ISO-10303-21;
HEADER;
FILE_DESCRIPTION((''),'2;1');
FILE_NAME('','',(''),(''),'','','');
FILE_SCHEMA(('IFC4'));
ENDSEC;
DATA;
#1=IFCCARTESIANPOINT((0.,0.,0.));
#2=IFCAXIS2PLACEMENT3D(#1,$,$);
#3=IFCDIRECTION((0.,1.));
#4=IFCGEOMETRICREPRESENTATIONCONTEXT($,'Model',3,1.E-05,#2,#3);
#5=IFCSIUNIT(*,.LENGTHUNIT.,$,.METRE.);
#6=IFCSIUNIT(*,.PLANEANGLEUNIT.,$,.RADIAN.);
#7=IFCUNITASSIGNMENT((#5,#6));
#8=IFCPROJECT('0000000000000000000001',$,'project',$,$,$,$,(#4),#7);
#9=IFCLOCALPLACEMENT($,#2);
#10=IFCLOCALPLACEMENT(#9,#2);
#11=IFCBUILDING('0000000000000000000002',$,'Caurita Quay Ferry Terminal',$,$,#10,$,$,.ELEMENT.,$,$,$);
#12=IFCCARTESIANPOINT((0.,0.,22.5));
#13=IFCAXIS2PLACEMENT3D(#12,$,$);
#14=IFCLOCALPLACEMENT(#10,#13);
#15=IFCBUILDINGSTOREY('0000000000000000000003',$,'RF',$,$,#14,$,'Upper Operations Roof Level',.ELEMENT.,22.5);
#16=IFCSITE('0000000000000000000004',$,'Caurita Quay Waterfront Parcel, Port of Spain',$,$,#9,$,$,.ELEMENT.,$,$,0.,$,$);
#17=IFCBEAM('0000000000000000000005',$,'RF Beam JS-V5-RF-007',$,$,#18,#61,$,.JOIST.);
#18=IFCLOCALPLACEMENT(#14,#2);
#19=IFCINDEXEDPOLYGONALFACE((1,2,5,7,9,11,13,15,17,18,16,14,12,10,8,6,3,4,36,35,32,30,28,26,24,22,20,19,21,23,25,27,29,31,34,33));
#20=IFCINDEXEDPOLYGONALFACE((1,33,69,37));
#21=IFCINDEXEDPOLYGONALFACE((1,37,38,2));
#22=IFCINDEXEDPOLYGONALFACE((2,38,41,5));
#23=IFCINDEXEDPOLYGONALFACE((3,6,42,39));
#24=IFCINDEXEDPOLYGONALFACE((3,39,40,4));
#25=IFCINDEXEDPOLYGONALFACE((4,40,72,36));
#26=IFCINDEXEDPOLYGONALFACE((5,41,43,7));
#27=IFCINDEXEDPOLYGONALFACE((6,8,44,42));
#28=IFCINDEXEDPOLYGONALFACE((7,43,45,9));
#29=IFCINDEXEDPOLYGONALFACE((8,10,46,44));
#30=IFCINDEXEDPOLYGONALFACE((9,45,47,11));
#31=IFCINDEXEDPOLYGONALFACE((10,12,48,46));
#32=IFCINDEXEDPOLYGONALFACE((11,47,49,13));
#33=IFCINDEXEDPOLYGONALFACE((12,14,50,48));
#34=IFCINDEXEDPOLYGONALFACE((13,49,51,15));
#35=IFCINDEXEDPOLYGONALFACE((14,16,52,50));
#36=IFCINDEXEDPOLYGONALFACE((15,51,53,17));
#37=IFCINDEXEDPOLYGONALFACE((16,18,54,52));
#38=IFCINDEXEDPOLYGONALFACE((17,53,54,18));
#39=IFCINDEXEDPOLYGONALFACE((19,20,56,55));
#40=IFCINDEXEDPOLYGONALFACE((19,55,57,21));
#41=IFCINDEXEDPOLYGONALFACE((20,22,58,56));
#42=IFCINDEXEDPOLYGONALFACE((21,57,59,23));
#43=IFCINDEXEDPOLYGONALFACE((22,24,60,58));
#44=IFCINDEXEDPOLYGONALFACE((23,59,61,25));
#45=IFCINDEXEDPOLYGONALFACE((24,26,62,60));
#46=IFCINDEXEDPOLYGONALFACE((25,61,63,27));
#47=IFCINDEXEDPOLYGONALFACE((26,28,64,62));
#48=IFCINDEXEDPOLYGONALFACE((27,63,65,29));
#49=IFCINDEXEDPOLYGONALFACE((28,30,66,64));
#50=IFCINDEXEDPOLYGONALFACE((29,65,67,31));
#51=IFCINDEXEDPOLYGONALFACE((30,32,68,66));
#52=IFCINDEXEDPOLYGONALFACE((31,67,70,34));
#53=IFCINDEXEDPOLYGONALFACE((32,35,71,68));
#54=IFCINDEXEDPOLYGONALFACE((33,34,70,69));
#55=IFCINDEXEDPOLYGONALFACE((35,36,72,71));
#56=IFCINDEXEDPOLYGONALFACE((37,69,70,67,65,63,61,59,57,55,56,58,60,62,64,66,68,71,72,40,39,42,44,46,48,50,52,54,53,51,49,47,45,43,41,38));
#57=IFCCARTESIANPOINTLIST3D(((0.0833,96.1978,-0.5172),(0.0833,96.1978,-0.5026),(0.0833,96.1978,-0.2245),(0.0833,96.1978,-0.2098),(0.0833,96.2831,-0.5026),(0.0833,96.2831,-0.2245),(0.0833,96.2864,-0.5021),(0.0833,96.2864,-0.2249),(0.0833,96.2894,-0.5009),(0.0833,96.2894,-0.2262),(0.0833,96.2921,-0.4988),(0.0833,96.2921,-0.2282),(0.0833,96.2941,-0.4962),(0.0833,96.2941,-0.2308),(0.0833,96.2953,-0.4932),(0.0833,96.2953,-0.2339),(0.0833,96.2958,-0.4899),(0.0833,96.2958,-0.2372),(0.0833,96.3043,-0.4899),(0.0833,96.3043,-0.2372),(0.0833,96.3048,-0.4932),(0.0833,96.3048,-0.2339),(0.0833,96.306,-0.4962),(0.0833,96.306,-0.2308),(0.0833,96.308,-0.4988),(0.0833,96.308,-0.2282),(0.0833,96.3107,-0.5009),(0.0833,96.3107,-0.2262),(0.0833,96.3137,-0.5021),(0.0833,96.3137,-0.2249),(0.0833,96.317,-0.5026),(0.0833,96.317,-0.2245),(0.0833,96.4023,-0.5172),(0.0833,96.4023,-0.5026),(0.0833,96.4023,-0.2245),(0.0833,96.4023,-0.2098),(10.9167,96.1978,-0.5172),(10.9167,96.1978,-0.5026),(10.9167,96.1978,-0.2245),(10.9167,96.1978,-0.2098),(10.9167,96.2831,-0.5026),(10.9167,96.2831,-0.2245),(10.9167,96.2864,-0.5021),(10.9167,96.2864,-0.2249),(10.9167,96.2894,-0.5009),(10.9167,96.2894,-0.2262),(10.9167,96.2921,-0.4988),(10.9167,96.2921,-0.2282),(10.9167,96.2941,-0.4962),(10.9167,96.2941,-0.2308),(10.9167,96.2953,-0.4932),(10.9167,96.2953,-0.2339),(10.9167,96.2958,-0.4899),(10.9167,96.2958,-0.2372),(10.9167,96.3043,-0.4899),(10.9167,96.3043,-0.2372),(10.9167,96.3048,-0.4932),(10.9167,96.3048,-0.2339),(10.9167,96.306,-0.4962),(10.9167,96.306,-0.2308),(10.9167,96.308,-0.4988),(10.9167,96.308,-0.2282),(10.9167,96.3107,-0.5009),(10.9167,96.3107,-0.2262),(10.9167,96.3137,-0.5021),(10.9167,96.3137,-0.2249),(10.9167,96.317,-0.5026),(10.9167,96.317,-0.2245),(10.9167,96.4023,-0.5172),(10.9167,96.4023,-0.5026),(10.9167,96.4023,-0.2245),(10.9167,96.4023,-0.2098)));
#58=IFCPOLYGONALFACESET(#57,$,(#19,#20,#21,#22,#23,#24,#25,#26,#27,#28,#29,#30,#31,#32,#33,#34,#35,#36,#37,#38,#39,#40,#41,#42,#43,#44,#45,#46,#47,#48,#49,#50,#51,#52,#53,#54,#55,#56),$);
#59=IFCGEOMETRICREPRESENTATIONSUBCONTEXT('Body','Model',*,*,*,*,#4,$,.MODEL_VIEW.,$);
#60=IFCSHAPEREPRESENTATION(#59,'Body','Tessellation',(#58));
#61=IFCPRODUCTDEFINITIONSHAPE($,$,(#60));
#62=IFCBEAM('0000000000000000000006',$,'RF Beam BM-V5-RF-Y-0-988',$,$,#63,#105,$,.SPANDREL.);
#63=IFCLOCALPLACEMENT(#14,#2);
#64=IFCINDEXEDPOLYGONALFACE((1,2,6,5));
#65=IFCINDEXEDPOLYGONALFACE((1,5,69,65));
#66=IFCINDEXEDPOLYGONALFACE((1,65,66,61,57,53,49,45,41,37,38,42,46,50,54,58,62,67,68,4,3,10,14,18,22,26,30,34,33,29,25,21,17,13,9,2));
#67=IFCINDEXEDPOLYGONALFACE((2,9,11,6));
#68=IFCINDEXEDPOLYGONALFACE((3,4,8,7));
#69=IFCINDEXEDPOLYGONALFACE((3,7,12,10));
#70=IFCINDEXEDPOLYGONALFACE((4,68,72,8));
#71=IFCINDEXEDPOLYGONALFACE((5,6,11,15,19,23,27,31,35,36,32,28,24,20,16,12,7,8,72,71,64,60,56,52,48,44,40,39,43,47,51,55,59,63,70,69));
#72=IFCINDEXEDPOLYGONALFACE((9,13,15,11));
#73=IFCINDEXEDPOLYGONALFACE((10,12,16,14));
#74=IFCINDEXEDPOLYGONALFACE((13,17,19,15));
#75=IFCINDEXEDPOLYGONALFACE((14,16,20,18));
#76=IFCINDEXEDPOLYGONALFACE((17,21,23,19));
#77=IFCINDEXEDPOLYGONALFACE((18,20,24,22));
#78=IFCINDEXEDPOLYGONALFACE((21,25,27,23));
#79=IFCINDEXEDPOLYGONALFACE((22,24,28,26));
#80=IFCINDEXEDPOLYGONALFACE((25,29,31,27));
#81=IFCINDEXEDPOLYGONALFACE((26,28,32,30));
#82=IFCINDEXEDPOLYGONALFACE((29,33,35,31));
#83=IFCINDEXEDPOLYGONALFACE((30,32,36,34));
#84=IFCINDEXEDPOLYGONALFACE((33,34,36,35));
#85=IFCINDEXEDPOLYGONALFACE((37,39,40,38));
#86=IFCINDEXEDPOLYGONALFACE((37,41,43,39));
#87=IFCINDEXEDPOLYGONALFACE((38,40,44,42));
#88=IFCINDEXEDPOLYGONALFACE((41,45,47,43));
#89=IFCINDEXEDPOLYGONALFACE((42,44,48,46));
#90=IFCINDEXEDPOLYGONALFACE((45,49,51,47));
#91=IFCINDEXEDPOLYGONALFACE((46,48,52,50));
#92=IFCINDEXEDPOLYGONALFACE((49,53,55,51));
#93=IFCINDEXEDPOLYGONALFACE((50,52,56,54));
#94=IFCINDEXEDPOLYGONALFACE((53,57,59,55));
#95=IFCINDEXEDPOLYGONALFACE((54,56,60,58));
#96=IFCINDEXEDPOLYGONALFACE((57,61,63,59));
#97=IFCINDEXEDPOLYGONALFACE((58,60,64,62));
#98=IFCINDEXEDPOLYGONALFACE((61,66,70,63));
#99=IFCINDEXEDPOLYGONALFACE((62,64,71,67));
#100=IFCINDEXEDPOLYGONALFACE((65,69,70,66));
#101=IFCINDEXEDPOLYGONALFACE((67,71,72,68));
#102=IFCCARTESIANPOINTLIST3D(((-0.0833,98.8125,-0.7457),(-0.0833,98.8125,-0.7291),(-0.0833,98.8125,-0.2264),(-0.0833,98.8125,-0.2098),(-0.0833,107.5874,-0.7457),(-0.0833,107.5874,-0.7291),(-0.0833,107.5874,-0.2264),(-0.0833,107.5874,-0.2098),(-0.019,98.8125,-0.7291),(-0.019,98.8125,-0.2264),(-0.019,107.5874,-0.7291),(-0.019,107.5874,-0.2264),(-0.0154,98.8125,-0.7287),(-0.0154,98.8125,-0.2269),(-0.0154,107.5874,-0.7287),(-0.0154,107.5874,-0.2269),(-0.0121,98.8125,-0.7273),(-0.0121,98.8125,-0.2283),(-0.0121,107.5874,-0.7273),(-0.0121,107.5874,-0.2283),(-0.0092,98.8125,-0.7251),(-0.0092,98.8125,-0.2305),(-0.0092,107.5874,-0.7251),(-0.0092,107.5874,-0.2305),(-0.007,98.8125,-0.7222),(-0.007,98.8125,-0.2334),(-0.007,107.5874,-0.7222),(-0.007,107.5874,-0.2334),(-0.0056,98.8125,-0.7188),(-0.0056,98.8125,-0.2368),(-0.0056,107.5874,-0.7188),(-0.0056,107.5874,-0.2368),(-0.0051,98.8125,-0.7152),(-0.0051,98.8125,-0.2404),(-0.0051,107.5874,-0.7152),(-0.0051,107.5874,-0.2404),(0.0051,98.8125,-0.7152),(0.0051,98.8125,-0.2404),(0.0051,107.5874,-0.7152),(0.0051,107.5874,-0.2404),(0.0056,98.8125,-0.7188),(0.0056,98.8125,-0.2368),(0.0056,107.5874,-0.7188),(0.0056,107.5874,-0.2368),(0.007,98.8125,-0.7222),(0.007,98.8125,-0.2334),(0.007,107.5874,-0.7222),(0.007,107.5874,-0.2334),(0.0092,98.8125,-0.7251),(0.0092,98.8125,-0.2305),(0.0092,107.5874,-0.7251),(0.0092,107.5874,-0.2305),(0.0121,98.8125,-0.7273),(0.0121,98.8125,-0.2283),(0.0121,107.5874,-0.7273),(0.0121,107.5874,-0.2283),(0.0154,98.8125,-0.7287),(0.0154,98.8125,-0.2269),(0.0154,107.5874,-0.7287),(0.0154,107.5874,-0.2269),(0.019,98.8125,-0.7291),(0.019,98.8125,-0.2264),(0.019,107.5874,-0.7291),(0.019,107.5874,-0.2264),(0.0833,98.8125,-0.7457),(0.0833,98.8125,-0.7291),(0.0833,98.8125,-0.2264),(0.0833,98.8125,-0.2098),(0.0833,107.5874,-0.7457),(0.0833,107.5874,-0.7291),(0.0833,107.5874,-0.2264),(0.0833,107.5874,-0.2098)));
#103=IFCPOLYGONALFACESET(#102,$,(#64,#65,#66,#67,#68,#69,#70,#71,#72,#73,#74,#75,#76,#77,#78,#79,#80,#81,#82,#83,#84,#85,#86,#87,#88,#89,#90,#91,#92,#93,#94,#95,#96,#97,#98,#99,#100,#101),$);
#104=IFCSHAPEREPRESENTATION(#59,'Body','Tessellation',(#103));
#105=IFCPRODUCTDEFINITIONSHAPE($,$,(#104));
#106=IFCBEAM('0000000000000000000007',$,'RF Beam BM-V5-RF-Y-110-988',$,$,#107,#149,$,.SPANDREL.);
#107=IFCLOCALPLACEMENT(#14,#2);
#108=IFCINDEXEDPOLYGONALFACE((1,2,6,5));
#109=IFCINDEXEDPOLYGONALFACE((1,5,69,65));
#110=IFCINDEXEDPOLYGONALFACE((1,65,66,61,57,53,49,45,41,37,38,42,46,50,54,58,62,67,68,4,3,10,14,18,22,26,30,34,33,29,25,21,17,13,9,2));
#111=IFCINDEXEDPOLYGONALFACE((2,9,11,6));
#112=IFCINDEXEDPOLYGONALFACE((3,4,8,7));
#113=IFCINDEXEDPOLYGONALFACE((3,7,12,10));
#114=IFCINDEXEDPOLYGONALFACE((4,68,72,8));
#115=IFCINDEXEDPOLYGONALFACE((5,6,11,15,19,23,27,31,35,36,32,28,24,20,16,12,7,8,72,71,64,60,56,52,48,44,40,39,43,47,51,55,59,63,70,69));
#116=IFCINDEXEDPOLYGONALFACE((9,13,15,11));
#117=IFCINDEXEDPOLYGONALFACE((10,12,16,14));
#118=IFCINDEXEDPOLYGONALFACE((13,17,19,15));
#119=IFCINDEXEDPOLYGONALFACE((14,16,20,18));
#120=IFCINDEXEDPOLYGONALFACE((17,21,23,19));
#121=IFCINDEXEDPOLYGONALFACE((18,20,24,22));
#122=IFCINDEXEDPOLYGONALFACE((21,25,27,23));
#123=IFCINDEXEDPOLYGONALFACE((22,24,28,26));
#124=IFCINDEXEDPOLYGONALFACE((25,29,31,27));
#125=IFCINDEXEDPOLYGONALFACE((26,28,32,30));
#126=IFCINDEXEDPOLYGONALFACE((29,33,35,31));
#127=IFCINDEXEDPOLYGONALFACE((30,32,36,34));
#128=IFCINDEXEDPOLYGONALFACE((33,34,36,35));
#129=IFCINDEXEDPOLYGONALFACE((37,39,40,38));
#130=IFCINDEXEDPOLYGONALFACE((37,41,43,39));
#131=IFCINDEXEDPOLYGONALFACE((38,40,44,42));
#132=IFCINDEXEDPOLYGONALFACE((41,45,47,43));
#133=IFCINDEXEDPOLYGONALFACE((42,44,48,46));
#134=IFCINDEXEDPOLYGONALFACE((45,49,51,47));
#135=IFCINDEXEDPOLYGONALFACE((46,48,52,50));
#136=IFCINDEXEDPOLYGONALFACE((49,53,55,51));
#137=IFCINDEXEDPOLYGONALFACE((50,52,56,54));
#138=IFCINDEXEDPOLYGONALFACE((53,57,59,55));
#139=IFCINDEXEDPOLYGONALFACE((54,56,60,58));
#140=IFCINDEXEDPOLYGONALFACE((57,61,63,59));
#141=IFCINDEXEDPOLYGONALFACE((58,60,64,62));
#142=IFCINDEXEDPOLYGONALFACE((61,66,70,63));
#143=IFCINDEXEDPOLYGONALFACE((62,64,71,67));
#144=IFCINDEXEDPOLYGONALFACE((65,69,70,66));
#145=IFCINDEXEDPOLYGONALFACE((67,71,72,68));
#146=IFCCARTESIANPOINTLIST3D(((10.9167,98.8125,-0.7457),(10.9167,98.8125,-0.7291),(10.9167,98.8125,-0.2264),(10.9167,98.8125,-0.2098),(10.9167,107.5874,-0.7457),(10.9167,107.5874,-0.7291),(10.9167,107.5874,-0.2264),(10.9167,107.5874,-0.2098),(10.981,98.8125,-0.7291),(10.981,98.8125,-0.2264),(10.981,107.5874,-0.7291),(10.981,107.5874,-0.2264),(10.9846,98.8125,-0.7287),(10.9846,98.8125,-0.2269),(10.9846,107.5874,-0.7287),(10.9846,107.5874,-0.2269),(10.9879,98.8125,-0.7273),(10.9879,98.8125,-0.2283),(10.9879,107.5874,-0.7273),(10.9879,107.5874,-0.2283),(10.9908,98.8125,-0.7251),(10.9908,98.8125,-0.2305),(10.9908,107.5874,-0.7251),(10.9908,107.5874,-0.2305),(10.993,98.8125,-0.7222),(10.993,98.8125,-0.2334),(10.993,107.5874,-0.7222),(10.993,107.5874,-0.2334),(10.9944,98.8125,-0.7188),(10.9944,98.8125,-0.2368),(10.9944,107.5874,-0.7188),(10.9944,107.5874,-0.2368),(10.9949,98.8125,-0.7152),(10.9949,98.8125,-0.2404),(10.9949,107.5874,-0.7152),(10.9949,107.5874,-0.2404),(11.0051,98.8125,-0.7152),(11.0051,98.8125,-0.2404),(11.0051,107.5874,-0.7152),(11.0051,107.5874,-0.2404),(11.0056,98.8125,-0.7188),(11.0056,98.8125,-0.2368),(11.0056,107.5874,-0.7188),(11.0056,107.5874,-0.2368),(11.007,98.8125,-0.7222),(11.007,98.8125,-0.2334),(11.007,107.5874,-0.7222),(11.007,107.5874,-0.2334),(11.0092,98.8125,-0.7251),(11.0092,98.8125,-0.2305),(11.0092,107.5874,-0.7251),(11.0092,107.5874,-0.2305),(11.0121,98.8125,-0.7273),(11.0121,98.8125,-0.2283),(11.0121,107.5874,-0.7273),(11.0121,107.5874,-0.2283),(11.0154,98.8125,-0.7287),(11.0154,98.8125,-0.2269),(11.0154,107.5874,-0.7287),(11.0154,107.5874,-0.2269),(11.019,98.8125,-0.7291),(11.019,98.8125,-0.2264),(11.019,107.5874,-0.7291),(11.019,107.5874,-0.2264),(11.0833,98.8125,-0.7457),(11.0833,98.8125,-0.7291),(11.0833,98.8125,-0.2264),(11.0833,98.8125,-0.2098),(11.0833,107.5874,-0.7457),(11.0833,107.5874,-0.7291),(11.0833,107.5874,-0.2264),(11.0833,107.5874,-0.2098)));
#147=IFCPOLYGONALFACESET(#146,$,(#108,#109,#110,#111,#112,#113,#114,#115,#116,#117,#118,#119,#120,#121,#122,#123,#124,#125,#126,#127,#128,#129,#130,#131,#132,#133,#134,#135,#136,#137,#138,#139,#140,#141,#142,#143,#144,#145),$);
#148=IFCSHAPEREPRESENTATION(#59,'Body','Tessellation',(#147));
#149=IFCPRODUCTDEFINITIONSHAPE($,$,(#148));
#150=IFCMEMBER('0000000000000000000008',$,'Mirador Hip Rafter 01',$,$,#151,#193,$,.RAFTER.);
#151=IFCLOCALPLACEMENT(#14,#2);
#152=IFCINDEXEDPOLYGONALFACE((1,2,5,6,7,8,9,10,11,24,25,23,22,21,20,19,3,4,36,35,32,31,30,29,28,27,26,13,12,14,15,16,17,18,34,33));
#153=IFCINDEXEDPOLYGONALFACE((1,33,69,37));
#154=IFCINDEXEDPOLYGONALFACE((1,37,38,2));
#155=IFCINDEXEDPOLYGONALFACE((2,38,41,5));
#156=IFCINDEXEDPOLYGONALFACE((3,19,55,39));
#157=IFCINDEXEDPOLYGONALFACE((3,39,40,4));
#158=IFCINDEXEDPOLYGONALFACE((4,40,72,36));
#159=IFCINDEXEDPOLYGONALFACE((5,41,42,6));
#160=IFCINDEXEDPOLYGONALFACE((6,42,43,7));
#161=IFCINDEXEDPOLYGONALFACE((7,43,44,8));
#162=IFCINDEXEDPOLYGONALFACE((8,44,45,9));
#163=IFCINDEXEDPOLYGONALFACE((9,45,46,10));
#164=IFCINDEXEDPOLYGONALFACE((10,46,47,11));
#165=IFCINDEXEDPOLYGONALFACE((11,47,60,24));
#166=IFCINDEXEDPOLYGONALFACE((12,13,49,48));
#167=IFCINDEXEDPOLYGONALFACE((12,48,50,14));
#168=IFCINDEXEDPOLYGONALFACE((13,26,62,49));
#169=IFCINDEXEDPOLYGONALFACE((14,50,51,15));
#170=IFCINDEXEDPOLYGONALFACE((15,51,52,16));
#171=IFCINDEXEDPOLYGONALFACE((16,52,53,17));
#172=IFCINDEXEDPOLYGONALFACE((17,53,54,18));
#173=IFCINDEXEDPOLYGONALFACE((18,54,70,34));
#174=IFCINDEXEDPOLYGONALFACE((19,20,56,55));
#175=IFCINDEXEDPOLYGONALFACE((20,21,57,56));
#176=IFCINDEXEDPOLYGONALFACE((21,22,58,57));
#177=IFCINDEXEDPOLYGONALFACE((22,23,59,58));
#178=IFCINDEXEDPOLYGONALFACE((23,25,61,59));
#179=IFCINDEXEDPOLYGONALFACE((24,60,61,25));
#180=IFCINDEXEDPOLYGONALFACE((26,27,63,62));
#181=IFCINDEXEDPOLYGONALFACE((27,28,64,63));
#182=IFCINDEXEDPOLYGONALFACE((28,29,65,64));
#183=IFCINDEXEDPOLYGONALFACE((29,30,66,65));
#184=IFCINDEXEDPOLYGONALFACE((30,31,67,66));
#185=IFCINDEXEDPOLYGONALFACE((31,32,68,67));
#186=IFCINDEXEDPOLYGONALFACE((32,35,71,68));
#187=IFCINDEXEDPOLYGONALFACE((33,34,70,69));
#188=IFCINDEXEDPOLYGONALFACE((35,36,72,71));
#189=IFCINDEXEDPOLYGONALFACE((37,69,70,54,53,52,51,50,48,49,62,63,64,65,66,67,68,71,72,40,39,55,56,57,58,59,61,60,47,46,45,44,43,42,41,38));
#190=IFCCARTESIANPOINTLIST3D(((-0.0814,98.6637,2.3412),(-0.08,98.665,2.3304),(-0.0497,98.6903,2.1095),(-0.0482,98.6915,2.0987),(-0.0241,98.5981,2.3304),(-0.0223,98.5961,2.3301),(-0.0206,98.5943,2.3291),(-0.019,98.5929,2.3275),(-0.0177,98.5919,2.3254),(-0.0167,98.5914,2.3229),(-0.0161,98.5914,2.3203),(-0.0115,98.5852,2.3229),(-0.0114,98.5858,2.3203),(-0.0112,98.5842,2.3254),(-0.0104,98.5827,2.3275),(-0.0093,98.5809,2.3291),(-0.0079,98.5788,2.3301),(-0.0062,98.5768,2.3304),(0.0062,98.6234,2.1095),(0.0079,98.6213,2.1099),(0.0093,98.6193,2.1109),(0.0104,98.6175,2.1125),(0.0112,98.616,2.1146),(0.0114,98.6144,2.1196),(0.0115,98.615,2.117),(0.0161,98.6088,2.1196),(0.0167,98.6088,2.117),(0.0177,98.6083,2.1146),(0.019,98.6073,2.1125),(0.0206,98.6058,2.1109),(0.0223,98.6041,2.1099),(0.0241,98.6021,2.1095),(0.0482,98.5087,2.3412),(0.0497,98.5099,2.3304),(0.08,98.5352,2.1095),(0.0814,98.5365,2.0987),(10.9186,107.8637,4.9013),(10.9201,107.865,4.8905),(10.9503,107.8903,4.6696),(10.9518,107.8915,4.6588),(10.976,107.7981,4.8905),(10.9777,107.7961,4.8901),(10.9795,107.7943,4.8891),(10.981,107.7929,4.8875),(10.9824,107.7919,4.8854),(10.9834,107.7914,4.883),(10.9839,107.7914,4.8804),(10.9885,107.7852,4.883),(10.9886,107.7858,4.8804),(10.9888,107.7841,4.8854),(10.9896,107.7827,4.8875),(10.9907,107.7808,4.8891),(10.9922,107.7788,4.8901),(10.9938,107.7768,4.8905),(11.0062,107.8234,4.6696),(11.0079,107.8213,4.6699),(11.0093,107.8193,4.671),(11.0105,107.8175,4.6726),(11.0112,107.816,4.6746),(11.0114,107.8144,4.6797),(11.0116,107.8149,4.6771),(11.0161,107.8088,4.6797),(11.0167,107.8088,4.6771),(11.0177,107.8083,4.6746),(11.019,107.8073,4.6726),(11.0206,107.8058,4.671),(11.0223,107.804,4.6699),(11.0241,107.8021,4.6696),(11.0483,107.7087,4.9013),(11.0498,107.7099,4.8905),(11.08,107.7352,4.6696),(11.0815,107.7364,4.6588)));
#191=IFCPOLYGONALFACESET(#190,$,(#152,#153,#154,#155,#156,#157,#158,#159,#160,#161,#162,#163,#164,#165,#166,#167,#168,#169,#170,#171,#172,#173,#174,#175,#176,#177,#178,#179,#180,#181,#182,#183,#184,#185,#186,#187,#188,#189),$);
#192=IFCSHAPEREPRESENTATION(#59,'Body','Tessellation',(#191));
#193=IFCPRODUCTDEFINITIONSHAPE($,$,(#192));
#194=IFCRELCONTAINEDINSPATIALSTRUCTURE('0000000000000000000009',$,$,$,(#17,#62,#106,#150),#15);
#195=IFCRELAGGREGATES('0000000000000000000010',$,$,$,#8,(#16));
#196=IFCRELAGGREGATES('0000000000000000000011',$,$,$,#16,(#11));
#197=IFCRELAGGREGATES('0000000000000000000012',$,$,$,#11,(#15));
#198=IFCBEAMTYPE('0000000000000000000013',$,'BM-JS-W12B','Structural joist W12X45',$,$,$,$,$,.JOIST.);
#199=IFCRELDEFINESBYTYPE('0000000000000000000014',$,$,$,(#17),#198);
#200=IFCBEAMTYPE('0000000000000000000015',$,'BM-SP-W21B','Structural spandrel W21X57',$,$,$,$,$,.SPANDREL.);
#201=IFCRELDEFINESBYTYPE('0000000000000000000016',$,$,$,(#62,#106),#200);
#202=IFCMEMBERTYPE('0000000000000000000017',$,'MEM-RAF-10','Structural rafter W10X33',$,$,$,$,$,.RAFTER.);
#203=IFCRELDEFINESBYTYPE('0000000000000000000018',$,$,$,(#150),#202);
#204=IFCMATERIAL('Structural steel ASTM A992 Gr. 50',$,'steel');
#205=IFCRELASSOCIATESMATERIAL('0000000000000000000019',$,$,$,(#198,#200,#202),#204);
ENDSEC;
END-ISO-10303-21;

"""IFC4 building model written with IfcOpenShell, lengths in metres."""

from ifc_helpers import new_model, si_unit, direction, frame, origin, origin_2d, place, context, subcontext, project, spatial, i_section, extrude, material, material_profile, profile_set, type_object, element, save


model = new_model("IFC4")

# Units and contexts
model_context = context("Model", 3, precision=1e-05, world=origin(), true_north=direction((0.0, 1.0)))
body_context = subcontext(model_context, "Body", "Model", "MODEL_VIEW")
ifc_project = project(units=[si_unit("LENGTHUNIT", "METRE"), si_unit("PLANEANGLEUNIT", "RADIAN")], contexts=[model_context])

# Site, building, storey
site_placement = place(None, origin())
site = spatial("IfcSite", under=ifc_project, at=site_placement, Name="Caurita Quay Waterfront Parcel, Port of Spain", CompositionType="ELEMENT", RefElevation=0.0)
building_placement = place(site_placement, origin())
building = spatial("IfcBuilding", under=site, at=building_placement, Name="Caurita Quay Ferry Terminal", CompositionType="ELEMENT")
storey_placement = place(building_placement, frame((0.0, 0.0, 22.5)))
storey = spatial("IfcBuildingStorey", under=building, at=storey_placement, Name="RF", LongName="Upper Operations Roof Level", CompositionType="ELEMENT", Elevation=22.5)

# Beams
ifc_material_1 = material(Name="Structural steel ASTM A992 Gr. 50", Category="steel")
ifc_material_profile_1 = material_profile(ifc_material_1, i_section(OverallWidth=0.2046, OverallDepth=0.3074, WebThickness=0.0085, FlangeThickness=0.0146, FilletRadius=0.0127, at=origin_2d()), Name="W12X45")
ifc_profile_set_1 = profile_set([ifc_material_profile_1], Name="Structural steel ASTM A992 Gr. 50")
beam_type_1 = type_object("IfcBeamType", Name="BM-JS-W12B", Description="Structural joist W12X45", PredefinedType="JOIST", material=ifc_profile_set_1)
for number, where, z_axis, x_axis, name in (
    (1, (0.0833, 96.3, -0.3635), (1.0, 0.0, 0.0), (0.0, 1.0, 0.0), "RF Beam JS-V5-RF-007"),
):
    element("IfcBeam", number, at=place(storey_placement, frame(where, z_axis=z_axis, x_axis=x_axis)), inside=storey, type_object=beam_type_1, Name=name, PredefinedType="JOIST", context=body_context, shape_type="SweptSolid", body=[
        extrude(i_section(OverallWidth=0.2046, OverallDepth=0.3074, WebThickness=0.0085, FlangeThickness=0.0146, FilletRadius=0.0127, at=origin_2d()), origin(), (0.0, 0.0, 1.0), 10.8335),
    ])
ifc_material_profile_2 = material_profile(ifc_material_1, i_section(OverallWidth=0.1665, OverallDepth=0.5359, WebThickness=0.0103, FlangeThickness=0.0166, FilletRadius=0.0139, at=origin_2d()), Name="W21X57")
ifc_profile_set_2 = profile_set([ifc_material_profile_2], Name="Structural steel ASTM A992 Gr. 50")
beam_type_2 = type_object("IfcBeamType", Name="BM-SP-W21B", Description="Structural spandrel W21X57", PredefinedType="SPANDREL", material=ifc_profile_set_2)
for number, where, z_axis, x_axis, name in (
    (2, (0.0, 98.8125, -0.4778), (0.0, 1.0, 0.0), (-1.0, 0.0, 0.0), "RF Beam BM-V5-RF-Y-0-988"),
    (3, (11.0, 98.8125, -0.4778), (0.0, 1.0, 0.0), (-1.0, 0.0, 0.0), "RF Beam BM-V5-RF-Y-110-988"),
):
    element("IfcBeam", number, at=place(storey_placement, frame(where, z_axis=z_axis, x_axis=x_axis)), inside=storey, type_object=beam_type_2, Name=name, PredefinedType="SPANDREL", context=body_context, shape_type="SweptSolid", body=[
        extrude(i_section(OverallWidth=0.1665, OverallDepth=0.5359, WebThickness=0.0103, FlangeThickness=0.0166, FilletRadius=0.0139, at=origin_2d()), origin(), (0.0, 0.0, 1.0), 8.7749),
    ])

# Member
ifc_material_profile_3 = material_profile(ifc_material_1, i_section(OverallWidth=0.2021, OverallDepth=0.2463, WebThickness=0.0073, FlangeThickness=0.011, FilletRadius=0.0103, at=origin_2d()), Name="W10X33")
ifc_profile_set_3 = profile_set([ifc_material_profile_3], Name="Structural steel ASTM A992 Gr. 50")
member_type = type_object("IfcMemberType", Name="MEM-RAF-10", Description="Structural rafter W10X33", PredefinedType="RAFTER", material=ifc_profile_set_3)
member_placement = place(storey_placement, frame((0.0, 98.6001, 2.22), z_axis=(0.755139, 0.631568, 0.175746), x_axis=(-0.641553, 0.767079, 0.0)))
element("IfcMember", 4, at=member_placement, inside=storey, type_object=member_type, Name="Mirador Hip Rafter 01", PredefinedType="RAFTER", context=body_context, shape_type="SweptSolid", body=[
    extrude(i_section(OverallWidth=0.2021, OverallDepth=0.2463, WebThickness=0.0073, FlangeThickness=0.011, FilletRadius=0.0103, at=origin_2d()), origin(), (0.0, 0.0, 1.0), 14.5669),
])

save(model, "model.ifc")
